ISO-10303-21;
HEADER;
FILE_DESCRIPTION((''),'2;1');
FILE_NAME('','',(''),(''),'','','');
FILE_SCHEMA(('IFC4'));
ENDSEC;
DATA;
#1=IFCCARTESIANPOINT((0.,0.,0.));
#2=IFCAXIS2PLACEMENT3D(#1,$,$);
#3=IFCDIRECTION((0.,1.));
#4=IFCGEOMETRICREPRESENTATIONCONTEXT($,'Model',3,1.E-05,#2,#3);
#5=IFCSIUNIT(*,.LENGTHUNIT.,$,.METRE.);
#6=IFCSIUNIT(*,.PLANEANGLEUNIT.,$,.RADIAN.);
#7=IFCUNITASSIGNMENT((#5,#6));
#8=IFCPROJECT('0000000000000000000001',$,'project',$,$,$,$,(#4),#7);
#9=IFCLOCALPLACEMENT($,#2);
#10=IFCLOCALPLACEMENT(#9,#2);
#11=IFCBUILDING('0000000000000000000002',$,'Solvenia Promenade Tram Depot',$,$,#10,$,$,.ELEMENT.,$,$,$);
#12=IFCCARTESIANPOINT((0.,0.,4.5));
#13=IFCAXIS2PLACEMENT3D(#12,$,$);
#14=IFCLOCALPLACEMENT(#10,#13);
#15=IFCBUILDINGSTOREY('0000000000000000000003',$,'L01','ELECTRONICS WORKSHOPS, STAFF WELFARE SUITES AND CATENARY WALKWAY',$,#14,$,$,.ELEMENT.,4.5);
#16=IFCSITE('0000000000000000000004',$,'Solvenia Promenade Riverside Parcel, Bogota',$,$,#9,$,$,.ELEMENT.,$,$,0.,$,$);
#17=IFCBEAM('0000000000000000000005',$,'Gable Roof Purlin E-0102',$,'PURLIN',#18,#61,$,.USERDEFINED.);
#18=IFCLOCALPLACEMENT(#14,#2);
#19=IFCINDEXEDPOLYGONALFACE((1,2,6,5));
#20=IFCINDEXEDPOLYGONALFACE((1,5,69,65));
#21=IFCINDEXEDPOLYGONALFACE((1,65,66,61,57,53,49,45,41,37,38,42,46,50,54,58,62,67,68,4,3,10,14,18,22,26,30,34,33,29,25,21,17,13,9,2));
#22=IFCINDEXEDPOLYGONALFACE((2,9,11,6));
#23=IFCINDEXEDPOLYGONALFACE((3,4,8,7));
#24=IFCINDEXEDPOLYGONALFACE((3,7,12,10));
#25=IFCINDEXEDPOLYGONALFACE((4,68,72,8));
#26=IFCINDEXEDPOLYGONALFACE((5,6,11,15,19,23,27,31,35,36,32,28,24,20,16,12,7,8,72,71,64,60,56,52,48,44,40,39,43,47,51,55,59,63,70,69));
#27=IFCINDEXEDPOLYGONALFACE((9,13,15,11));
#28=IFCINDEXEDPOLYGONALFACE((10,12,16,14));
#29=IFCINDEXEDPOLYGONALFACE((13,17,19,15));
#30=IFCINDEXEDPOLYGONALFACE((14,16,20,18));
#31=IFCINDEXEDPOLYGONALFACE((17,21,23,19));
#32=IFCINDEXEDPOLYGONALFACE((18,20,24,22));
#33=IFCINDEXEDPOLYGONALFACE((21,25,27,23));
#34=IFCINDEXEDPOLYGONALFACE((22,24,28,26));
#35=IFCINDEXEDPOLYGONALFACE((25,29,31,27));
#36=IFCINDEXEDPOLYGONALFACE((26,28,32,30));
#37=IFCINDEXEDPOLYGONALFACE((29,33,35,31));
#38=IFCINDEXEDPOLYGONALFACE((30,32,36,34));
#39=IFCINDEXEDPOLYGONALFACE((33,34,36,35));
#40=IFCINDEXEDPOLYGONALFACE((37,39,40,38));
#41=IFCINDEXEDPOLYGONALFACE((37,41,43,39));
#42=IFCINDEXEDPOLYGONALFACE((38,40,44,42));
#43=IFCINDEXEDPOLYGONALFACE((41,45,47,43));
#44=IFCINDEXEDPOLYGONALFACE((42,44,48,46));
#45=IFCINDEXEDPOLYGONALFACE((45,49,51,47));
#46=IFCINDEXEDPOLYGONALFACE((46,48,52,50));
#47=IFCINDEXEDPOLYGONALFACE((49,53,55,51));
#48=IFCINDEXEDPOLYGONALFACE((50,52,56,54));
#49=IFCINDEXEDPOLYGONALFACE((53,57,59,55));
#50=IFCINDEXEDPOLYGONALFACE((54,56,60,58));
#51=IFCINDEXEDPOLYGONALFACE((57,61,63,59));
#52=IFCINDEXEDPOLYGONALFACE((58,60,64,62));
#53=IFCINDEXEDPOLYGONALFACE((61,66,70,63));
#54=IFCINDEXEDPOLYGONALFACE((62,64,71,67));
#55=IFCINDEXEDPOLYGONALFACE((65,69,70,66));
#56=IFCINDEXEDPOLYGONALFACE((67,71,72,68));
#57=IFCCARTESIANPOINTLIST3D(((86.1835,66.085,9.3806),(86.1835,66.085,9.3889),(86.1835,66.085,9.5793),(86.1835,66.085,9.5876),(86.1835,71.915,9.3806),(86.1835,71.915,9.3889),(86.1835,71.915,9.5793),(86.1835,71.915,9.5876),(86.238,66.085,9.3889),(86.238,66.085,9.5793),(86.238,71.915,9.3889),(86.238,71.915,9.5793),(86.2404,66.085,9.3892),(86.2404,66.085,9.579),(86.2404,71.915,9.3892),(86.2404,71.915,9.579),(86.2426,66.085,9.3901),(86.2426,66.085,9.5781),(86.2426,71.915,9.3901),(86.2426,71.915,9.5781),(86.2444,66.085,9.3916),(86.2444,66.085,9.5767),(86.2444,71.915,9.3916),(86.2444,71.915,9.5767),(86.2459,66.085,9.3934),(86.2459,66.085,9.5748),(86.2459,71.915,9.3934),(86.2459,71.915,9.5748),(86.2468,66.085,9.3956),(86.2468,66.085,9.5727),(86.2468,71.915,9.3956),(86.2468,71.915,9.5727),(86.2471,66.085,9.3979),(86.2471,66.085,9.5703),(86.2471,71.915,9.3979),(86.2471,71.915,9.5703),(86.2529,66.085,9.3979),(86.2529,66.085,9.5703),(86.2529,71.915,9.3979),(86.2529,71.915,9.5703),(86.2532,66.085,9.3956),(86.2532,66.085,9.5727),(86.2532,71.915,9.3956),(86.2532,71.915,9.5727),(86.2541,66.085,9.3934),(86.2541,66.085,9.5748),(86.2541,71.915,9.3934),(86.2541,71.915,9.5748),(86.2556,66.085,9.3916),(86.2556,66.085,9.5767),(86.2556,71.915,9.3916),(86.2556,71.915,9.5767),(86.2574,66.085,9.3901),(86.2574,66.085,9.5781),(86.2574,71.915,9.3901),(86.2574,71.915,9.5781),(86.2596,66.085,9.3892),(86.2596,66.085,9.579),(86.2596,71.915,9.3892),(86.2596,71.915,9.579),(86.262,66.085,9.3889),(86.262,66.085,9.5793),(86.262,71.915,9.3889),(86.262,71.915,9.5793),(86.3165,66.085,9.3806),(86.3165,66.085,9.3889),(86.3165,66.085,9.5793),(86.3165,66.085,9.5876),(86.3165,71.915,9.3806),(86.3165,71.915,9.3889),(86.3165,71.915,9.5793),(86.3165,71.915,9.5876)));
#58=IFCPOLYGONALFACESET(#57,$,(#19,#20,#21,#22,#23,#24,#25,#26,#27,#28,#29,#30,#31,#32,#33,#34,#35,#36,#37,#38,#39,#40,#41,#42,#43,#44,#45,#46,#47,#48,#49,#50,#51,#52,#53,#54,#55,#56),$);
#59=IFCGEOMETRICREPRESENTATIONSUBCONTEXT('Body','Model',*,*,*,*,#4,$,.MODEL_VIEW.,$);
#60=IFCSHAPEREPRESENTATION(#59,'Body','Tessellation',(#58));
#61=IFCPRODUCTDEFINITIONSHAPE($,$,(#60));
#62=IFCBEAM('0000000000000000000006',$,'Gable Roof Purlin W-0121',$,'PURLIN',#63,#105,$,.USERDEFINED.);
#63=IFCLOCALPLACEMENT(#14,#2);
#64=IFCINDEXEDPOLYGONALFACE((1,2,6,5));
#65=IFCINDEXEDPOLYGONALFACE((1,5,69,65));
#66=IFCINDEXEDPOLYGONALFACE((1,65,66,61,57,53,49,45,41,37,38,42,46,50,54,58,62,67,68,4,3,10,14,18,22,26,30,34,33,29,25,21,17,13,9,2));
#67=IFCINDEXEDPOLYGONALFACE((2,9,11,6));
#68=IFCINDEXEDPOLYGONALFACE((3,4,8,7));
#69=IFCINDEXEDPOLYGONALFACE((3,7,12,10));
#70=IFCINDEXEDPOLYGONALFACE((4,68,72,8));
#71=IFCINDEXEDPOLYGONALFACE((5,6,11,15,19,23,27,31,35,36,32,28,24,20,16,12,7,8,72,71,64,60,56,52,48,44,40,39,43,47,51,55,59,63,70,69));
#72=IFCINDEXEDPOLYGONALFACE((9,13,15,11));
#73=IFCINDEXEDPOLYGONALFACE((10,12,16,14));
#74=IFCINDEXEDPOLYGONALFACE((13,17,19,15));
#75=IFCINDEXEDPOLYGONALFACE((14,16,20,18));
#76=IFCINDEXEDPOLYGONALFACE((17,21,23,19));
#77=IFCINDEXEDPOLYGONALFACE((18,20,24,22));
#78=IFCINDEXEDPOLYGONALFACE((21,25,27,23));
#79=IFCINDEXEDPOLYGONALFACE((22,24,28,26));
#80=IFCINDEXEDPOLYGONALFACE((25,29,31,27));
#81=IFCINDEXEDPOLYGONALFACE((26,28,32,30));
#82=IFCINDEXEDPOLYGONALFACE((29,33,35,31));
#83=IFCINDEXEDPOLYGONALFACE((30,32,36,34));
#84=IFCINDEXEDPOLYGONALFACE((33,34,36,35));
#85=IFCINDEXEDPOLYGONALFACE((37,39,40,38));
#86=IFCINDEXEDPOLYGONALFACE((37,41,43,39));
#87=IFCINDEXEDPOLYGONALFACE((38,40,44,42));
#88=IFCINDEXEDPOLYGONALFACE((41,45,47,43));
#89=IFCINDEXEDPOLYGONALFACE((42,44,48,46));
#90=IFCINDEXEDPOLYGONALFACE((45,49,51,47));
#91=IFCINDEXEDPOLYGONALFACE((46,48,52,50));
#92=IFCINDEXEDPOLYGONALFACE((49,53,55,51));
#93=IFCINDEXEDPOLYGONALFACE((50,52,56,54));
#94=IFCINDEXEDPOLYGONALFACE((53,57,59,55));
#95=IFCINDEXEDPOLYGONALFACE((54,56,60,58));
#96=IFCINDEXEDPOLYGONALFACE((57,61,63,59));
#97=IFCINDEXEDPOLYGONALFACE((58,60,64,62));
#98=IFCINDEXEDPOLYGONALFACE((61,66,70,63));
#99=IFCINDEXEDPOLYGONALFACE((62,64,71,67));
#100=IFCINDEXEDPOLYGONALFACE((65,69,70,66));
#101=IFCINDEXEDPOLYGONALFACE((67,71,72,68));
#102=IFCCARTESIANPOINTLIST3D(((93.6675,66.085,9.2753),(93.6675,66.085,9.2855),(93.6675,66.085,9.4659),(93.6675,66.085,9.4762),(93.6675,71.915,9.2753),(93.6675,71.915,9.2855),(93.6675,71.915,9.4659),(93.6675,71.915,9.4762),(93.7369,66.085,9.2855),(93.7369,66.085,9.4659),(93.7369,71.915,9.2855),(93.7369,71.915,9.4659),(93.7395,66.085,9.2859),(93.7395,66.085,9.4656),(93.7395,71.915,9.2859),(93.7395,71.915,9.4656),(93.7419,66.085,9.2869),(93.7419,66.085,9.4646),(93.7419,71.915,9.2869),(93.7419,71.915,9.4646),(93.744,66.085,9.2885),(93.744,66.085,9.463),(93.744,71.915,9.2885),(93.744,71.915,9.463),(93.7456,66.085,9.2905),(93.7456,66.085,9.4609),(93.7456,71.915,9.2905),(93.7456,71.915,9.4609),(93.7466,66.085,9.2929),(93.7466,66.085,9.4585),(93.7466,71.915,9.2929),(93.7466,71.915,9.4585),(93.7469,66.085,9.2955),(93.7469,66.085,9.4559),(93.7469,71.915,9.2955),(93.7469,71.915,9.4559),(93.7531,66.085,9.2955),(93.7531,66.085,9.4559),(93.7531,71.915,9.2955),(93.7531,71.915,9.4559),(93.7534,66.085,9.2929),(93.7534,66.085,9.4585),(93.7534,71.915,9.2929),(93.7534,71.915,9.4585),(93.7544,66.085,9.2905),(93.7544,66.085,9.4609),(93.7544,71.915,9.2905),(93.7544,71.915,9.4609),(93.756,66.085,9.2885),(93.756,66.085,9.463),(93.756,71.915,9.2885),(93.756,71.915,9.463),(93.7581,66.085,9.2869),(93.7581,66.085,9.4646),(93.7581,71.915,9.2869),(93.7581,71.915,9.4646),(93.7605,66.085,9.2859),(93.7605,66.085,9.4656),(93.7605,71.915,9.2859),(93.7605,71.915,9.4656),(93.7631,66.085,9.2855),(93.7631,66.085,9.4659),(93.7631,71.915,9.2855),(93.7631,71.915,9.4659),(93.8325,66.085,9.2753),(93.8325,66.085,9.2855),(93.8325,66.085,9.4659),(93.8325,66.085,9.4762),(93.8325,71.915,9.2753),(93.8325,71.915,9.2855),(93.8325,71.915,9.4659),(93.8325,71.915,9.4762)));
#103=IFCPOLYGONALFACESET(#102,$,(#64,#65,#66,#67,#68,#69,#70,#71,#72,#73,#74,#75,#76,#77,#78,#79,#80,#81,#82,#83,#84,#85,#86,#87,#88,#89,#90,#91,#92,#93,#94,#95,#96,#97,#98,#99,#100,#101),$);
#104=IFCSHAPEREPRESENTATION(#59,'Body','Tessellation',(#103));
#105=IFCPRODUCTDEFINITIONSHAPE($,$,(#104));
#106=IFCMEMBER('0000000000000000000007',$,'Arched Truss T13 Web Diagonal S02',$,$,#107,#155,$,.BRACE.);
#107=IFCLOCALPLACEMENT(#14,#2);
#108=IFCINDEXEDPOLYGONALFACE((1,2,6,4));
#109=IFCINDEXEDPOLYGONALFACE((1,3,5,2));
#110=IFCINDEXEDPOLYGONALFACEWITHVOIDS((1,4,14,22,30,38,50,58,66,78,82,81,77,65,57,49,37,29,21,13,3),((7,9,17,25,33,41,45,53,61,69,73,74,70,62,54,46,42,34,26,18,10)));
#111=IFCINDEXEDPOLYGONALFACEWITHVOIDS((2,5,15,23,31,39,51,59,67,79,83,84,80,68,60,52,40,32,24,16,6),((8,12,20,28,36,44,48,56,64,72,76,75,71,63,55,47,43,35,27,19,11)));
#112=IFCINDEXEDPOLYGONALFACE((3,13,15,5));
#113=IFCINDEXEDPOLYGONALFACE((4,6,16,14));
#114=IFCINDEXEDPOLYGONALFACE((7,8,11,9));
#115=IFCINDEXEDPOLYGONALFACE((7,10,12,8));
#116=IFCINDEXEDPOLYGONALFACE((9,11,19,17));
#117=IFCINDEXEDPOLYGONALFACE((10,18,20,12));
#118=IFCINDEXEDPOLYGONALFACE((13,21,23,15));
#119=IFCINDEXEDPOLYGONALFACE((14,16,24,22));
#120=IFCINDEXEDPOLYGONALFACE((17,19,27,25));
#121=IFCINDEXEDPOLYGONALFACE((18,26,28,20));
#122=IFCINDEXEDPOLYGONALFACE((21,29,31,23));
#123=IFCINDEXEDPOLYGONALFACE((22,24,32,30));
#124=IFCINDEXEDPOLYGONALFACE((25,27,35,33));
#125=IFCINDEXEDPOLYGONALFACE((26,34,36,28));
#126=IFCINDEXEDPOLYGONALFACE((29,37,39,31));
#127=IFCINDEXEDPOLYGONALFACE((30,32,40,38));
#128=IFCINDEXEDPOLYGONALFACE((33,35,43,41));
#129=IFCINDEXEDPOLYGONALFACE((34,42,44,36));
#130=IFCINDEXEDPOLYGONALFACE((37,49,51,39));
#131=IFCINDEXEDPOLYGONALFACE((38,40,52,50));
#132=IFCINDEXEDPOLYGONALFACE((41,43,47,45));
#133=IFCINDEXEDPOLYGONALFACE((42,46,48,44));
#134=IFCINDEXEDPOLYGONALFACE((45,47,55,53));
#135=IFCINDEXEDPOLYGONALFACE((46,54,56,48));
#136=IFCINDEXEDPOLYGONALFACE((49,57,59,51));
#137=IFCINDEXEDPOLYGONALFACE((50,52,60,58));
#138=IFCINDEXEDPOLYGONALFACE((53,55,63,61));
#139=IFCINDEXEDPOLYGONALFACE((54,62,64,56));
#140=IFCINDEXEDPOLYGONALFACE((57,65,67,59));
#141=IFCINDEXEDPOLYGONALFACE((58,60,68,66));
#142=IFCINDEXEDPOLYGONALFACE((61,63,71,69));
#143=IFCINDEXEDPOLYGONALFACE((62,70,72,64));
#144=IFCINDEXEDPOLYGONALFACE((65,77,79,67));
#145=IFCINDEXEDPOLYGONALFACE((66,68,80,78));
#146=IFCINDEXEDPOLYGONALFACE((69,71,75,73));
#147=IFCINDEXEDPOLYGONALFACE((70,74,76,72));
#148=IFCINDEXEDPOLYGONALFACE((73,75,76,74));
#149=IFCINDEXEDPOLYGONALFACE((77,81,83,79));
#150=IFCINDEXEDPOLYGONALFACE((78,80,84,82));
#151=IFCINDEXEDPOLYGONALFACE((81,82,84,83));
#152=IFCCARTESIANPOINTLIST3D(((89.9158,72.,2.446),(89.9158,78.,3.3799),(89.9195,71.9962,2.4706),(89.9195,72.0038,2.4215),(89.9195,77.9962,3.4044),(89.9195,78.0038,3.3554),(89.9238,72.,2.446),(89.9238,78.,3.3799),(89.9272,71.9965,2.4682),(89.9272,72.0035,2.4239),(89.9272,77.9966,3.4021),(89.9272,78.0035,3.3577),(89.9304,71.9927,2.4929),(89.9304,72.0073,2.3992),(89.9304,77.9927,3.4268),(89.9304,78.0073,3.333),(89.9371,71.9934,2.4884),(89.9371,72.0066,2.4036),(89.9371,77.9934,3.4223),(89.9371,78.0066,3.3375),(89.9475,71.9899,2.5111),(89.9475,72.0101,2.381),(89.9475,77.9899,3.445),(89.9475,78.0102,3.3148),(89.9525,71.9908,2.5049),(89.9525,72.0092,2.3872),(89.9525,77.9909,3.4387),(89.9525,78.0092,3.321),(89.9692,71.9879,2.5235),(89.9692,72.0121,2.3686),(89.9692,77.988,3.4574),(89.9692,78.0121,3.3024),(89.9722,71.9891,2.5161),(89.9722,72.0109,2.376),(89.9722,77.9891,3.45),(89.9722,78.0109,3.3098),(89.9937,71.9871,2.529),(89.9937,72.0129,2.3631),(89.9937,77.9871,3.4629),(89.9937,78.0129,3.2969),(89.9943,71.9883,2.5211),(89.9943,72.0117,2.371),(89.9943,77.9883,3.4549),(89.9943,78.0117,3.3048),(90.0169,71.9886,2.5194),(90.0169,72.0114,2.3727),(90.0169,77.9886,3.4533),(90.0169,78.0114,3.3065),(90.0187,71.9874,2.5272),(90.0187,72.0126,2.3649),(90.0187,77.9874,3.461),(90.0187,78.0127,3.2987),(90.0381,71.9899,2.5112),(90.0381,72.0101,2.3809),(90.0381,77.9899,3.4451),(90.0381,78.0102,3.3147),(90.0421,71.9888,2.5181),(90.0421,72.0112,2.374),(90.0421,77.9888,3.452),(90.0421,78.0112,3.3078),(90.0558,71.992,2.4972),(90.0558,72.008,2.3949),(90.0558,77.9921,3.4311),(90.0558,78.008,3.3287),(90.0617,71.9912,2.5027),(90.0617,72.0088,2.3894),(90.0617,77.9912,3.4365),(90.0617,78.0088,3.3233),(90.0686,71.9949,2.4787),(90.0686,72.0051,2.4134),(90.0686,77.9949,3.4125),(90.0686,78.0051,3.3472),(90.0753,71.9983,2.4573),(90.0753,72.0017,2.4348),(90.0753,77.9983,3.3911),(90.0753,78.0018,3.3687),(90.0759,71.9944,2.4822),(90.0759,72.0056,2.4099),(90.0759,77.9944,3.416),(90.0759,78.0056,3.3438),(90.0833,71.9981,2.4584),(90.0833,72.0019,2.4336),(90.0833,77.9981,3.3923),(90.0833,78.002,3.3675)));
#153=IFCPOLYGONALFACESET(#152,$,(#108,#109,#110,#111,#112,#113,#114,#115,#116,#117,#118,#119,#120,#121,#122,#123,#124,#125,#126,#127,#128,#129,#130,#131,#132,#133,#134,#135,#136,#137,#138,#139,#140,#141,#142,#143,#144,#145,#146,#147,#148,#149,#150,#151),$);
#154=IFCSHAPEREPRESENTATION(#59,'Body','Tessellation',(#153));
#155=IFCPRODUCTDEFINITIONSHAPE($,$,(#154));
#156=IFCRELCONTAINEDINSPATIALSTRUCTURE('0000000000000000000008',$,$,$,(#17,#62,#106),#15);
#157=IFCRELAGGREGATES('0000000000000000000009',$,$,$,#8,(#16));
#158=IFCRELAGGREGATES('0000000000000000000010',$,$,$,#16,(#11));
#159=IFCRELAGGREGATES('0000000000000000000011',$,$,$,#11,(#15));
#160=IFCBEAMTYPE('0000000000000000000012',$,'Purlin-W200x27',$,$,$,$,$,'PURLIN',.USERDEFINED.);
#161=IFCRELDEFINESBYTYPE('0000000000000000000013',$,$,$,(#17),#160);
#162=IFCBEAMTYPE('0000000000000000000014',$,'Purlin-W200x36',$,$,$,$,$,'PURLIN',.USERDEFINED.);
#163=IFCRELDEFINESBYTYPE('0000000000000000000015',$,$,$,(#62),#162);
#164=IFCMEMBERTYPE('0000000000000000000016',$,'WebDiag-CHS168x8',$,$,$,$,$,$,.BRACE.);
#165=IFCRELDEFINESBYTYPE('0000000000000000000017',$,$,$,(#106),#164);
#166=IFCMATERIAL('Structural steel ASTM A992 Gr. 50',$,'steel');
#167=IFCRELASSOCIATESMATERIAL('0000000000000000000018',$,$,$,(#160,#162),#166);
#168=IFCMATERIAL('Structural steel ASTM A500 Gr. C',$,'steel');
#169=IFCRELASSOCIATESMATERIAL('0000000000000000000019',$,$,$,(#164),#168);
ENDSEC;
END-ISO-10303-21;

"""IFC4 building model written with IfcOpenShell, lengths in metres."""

from ifc_helpers import new_model, si_unit, direction, frame, origin, origin_2d, place, context, subcontext, project, spatial, hollow_circle, i_section, extrude, material, material_profile, profile_set, type_object, element, save


model = new_model("IFC4")

# Units and contexts
model_context = context("Model", 3, precision=1e-05, world=origin(), true_north=direction((0.0, 1.0)))
body_context = subcontext(model_context, "Body", "Model", "MODEL_VIEW")
ifc_project = project(units=[si_unit("LENGTHUNIT", "METRE"), si_unit("PLANEANGLEUNIT", "RADIAN")], contexts=[model_context])

# Site, building, storey
site_placement = place(None, origin())
site = spatial("IfcSite", under=ifc_project, at=site_placement, Name="Solvenia Promenade Riverside Parcel, Bogota", CompositionType="ELEMENT", RefElevation=0.0)
building_placement = place(site_placement, origin())
building = spatial("IfcBuilding", under=site, at=building_placement, Name="Solvenia Promenade Tram Depot", CompositionType="ELEMENT")
storey_placement = place(building_placement, frame((0.0, 0.0, 4.5)))
storey = spatial("IfcBuildingStorey", under=building, at=storey_placement, Name="L01", Description="ELECTRONICS WORKSHOPS, STAFF WELFARE SUITES AND CATENARY WALKWAY", CompositionType="ELEMENT", Elevation=4.5)

# Shared definitions
ifc_material_1 = material(Name="Structural steel ASTM A992 Gr. 50", Category="steel")

# Shared definitions
ifc_material_2 = material(Name="Structural steel ASTM A500 Gr. C", Category="steel")

# Beams
ifc_material_profile_1 = material_profile(ifc_material_1, i_section(OverallWidth=0.1331, OverallDepth=0.207, WebThickness=0.0059, FlangeThickness=0.0083, FilletRadius=0.009, at=origin_2d()), Name="W200x27", Category="steel")
ifc_profile_set_1 = profile_set([ifc_material_profile_1], Name="Structural steel ASTM A992 Gr. 50")
beam_type_1 = type_object("IfcBeamType", Name="Purlin-W200x27", ElementType="PURLIN", PredefinedType="USERDEFINED", material=ifc_profile_set_1)
beam_1_placement = place(storey_placement, frame((86.25, 66.085, 9.4841), z_axis=(0.0, 1.0, 0.0), x_axis=(-1.0, 0.0, 0.0)))
element("IfcBeam", 1, at=beam_1_placement, inside=storey, type_object=beam_type_1, Name="Gable Roof Purlin E-0102", ObjectType="PURLIN", PredefinedType="USERDEFINED", context=body_context, shape_type="SweptSolid", body=[
    extrude(i_section(OverallWidth=0.1331, OverallDepth=0.207, WebThickness=0.0059, FlangeThickness=0.0083, FilletRadius=0.009, at=origin_2d()), origin(), (0.0, 0.0, 1.0), 5.8301),
])
ifc_material_profile_2 = material_profile(ifc_material_1, i_section(OverallWidth=0.165, OverallDepth=0.2009, WebThickness=0.0061, FlangeThickness=0.0103, FilletRadius=0.01, at=origin_2d()), Name="W200x36", Category="steel")
ifc_profile_set_2 = profile_set([ifc_material_profile_2], Name="Structural steel ASTM A992 Gr. 50")
beam_type_2 = type_object("IfcBeamType", Name="Purlin-W200x36", ElementType="PURLIN", PredefinedType="USERDEFINED", material=ifc_profile_set_2)
beam_2_placement = place(storey_placement, frame((93.75, 66.085, 9.3757), z_axis=(0.0, 1.0, 0.0), x_axis=(-1.0, 0.0, 0.0)))
element("IfcBeam", 2, at=beam_2_placement, inside=storey, type_object=beam_type_2, Name="Gable Roof Purlin W-0121", ObjectType="PURLIN", PredefinedType="USERDEFINED", context=body_context, shape_type="SweptSolid", body=[
    extrude(i_section(OverallWidth=0.165, OverallDepth=0.2009, WebThickness=0.0061, FlangeThickness=0.0103, FilletRadius=0.01, at=origin_2d()), origin(), (0.0, 0.0, 1.0), 5.8301),
])

# Member
ifc_material_profile_3 = material_profile(ifc_material_2, hollow_circle(Radius=0.0842, WallThickness=0.0081, at=origin_2d()), Name="CHS168.3x8", Category="steel")
ifc_profile_set_3 = profile_set([ifc_material_profile_3], Name="Structural steel ASTM A500 Gr. C")
member_type_1 = type_object("IfcMemberType", Name="WebDiag-CHS168x8", PredefinedType="BRACE", material=ifc_profile_set_3)
member_1_placement = place(storey_placement, frame((90.0, 72.0, 2.446), z_axis=(0.0, 0.988104, 0.153788), x_axis=(-1.0, 0.0, 0.0)))
element("IfcMember", 3, at=member_1_placement, inside=storey, type_object=member_type_1, Name="Arched Truss T13 Web Diagonal S02", PredefinedType="BRACE", context=body_context, shape_type="SweptSolid", body=[
    extrude(hollow_circle(Radius=0.0842, WallThickness=0.0081, at=origin_2d()), origin(), (0.0, 0.0, 1.0), 6.0723),
])

save(model, "model.ifc")
